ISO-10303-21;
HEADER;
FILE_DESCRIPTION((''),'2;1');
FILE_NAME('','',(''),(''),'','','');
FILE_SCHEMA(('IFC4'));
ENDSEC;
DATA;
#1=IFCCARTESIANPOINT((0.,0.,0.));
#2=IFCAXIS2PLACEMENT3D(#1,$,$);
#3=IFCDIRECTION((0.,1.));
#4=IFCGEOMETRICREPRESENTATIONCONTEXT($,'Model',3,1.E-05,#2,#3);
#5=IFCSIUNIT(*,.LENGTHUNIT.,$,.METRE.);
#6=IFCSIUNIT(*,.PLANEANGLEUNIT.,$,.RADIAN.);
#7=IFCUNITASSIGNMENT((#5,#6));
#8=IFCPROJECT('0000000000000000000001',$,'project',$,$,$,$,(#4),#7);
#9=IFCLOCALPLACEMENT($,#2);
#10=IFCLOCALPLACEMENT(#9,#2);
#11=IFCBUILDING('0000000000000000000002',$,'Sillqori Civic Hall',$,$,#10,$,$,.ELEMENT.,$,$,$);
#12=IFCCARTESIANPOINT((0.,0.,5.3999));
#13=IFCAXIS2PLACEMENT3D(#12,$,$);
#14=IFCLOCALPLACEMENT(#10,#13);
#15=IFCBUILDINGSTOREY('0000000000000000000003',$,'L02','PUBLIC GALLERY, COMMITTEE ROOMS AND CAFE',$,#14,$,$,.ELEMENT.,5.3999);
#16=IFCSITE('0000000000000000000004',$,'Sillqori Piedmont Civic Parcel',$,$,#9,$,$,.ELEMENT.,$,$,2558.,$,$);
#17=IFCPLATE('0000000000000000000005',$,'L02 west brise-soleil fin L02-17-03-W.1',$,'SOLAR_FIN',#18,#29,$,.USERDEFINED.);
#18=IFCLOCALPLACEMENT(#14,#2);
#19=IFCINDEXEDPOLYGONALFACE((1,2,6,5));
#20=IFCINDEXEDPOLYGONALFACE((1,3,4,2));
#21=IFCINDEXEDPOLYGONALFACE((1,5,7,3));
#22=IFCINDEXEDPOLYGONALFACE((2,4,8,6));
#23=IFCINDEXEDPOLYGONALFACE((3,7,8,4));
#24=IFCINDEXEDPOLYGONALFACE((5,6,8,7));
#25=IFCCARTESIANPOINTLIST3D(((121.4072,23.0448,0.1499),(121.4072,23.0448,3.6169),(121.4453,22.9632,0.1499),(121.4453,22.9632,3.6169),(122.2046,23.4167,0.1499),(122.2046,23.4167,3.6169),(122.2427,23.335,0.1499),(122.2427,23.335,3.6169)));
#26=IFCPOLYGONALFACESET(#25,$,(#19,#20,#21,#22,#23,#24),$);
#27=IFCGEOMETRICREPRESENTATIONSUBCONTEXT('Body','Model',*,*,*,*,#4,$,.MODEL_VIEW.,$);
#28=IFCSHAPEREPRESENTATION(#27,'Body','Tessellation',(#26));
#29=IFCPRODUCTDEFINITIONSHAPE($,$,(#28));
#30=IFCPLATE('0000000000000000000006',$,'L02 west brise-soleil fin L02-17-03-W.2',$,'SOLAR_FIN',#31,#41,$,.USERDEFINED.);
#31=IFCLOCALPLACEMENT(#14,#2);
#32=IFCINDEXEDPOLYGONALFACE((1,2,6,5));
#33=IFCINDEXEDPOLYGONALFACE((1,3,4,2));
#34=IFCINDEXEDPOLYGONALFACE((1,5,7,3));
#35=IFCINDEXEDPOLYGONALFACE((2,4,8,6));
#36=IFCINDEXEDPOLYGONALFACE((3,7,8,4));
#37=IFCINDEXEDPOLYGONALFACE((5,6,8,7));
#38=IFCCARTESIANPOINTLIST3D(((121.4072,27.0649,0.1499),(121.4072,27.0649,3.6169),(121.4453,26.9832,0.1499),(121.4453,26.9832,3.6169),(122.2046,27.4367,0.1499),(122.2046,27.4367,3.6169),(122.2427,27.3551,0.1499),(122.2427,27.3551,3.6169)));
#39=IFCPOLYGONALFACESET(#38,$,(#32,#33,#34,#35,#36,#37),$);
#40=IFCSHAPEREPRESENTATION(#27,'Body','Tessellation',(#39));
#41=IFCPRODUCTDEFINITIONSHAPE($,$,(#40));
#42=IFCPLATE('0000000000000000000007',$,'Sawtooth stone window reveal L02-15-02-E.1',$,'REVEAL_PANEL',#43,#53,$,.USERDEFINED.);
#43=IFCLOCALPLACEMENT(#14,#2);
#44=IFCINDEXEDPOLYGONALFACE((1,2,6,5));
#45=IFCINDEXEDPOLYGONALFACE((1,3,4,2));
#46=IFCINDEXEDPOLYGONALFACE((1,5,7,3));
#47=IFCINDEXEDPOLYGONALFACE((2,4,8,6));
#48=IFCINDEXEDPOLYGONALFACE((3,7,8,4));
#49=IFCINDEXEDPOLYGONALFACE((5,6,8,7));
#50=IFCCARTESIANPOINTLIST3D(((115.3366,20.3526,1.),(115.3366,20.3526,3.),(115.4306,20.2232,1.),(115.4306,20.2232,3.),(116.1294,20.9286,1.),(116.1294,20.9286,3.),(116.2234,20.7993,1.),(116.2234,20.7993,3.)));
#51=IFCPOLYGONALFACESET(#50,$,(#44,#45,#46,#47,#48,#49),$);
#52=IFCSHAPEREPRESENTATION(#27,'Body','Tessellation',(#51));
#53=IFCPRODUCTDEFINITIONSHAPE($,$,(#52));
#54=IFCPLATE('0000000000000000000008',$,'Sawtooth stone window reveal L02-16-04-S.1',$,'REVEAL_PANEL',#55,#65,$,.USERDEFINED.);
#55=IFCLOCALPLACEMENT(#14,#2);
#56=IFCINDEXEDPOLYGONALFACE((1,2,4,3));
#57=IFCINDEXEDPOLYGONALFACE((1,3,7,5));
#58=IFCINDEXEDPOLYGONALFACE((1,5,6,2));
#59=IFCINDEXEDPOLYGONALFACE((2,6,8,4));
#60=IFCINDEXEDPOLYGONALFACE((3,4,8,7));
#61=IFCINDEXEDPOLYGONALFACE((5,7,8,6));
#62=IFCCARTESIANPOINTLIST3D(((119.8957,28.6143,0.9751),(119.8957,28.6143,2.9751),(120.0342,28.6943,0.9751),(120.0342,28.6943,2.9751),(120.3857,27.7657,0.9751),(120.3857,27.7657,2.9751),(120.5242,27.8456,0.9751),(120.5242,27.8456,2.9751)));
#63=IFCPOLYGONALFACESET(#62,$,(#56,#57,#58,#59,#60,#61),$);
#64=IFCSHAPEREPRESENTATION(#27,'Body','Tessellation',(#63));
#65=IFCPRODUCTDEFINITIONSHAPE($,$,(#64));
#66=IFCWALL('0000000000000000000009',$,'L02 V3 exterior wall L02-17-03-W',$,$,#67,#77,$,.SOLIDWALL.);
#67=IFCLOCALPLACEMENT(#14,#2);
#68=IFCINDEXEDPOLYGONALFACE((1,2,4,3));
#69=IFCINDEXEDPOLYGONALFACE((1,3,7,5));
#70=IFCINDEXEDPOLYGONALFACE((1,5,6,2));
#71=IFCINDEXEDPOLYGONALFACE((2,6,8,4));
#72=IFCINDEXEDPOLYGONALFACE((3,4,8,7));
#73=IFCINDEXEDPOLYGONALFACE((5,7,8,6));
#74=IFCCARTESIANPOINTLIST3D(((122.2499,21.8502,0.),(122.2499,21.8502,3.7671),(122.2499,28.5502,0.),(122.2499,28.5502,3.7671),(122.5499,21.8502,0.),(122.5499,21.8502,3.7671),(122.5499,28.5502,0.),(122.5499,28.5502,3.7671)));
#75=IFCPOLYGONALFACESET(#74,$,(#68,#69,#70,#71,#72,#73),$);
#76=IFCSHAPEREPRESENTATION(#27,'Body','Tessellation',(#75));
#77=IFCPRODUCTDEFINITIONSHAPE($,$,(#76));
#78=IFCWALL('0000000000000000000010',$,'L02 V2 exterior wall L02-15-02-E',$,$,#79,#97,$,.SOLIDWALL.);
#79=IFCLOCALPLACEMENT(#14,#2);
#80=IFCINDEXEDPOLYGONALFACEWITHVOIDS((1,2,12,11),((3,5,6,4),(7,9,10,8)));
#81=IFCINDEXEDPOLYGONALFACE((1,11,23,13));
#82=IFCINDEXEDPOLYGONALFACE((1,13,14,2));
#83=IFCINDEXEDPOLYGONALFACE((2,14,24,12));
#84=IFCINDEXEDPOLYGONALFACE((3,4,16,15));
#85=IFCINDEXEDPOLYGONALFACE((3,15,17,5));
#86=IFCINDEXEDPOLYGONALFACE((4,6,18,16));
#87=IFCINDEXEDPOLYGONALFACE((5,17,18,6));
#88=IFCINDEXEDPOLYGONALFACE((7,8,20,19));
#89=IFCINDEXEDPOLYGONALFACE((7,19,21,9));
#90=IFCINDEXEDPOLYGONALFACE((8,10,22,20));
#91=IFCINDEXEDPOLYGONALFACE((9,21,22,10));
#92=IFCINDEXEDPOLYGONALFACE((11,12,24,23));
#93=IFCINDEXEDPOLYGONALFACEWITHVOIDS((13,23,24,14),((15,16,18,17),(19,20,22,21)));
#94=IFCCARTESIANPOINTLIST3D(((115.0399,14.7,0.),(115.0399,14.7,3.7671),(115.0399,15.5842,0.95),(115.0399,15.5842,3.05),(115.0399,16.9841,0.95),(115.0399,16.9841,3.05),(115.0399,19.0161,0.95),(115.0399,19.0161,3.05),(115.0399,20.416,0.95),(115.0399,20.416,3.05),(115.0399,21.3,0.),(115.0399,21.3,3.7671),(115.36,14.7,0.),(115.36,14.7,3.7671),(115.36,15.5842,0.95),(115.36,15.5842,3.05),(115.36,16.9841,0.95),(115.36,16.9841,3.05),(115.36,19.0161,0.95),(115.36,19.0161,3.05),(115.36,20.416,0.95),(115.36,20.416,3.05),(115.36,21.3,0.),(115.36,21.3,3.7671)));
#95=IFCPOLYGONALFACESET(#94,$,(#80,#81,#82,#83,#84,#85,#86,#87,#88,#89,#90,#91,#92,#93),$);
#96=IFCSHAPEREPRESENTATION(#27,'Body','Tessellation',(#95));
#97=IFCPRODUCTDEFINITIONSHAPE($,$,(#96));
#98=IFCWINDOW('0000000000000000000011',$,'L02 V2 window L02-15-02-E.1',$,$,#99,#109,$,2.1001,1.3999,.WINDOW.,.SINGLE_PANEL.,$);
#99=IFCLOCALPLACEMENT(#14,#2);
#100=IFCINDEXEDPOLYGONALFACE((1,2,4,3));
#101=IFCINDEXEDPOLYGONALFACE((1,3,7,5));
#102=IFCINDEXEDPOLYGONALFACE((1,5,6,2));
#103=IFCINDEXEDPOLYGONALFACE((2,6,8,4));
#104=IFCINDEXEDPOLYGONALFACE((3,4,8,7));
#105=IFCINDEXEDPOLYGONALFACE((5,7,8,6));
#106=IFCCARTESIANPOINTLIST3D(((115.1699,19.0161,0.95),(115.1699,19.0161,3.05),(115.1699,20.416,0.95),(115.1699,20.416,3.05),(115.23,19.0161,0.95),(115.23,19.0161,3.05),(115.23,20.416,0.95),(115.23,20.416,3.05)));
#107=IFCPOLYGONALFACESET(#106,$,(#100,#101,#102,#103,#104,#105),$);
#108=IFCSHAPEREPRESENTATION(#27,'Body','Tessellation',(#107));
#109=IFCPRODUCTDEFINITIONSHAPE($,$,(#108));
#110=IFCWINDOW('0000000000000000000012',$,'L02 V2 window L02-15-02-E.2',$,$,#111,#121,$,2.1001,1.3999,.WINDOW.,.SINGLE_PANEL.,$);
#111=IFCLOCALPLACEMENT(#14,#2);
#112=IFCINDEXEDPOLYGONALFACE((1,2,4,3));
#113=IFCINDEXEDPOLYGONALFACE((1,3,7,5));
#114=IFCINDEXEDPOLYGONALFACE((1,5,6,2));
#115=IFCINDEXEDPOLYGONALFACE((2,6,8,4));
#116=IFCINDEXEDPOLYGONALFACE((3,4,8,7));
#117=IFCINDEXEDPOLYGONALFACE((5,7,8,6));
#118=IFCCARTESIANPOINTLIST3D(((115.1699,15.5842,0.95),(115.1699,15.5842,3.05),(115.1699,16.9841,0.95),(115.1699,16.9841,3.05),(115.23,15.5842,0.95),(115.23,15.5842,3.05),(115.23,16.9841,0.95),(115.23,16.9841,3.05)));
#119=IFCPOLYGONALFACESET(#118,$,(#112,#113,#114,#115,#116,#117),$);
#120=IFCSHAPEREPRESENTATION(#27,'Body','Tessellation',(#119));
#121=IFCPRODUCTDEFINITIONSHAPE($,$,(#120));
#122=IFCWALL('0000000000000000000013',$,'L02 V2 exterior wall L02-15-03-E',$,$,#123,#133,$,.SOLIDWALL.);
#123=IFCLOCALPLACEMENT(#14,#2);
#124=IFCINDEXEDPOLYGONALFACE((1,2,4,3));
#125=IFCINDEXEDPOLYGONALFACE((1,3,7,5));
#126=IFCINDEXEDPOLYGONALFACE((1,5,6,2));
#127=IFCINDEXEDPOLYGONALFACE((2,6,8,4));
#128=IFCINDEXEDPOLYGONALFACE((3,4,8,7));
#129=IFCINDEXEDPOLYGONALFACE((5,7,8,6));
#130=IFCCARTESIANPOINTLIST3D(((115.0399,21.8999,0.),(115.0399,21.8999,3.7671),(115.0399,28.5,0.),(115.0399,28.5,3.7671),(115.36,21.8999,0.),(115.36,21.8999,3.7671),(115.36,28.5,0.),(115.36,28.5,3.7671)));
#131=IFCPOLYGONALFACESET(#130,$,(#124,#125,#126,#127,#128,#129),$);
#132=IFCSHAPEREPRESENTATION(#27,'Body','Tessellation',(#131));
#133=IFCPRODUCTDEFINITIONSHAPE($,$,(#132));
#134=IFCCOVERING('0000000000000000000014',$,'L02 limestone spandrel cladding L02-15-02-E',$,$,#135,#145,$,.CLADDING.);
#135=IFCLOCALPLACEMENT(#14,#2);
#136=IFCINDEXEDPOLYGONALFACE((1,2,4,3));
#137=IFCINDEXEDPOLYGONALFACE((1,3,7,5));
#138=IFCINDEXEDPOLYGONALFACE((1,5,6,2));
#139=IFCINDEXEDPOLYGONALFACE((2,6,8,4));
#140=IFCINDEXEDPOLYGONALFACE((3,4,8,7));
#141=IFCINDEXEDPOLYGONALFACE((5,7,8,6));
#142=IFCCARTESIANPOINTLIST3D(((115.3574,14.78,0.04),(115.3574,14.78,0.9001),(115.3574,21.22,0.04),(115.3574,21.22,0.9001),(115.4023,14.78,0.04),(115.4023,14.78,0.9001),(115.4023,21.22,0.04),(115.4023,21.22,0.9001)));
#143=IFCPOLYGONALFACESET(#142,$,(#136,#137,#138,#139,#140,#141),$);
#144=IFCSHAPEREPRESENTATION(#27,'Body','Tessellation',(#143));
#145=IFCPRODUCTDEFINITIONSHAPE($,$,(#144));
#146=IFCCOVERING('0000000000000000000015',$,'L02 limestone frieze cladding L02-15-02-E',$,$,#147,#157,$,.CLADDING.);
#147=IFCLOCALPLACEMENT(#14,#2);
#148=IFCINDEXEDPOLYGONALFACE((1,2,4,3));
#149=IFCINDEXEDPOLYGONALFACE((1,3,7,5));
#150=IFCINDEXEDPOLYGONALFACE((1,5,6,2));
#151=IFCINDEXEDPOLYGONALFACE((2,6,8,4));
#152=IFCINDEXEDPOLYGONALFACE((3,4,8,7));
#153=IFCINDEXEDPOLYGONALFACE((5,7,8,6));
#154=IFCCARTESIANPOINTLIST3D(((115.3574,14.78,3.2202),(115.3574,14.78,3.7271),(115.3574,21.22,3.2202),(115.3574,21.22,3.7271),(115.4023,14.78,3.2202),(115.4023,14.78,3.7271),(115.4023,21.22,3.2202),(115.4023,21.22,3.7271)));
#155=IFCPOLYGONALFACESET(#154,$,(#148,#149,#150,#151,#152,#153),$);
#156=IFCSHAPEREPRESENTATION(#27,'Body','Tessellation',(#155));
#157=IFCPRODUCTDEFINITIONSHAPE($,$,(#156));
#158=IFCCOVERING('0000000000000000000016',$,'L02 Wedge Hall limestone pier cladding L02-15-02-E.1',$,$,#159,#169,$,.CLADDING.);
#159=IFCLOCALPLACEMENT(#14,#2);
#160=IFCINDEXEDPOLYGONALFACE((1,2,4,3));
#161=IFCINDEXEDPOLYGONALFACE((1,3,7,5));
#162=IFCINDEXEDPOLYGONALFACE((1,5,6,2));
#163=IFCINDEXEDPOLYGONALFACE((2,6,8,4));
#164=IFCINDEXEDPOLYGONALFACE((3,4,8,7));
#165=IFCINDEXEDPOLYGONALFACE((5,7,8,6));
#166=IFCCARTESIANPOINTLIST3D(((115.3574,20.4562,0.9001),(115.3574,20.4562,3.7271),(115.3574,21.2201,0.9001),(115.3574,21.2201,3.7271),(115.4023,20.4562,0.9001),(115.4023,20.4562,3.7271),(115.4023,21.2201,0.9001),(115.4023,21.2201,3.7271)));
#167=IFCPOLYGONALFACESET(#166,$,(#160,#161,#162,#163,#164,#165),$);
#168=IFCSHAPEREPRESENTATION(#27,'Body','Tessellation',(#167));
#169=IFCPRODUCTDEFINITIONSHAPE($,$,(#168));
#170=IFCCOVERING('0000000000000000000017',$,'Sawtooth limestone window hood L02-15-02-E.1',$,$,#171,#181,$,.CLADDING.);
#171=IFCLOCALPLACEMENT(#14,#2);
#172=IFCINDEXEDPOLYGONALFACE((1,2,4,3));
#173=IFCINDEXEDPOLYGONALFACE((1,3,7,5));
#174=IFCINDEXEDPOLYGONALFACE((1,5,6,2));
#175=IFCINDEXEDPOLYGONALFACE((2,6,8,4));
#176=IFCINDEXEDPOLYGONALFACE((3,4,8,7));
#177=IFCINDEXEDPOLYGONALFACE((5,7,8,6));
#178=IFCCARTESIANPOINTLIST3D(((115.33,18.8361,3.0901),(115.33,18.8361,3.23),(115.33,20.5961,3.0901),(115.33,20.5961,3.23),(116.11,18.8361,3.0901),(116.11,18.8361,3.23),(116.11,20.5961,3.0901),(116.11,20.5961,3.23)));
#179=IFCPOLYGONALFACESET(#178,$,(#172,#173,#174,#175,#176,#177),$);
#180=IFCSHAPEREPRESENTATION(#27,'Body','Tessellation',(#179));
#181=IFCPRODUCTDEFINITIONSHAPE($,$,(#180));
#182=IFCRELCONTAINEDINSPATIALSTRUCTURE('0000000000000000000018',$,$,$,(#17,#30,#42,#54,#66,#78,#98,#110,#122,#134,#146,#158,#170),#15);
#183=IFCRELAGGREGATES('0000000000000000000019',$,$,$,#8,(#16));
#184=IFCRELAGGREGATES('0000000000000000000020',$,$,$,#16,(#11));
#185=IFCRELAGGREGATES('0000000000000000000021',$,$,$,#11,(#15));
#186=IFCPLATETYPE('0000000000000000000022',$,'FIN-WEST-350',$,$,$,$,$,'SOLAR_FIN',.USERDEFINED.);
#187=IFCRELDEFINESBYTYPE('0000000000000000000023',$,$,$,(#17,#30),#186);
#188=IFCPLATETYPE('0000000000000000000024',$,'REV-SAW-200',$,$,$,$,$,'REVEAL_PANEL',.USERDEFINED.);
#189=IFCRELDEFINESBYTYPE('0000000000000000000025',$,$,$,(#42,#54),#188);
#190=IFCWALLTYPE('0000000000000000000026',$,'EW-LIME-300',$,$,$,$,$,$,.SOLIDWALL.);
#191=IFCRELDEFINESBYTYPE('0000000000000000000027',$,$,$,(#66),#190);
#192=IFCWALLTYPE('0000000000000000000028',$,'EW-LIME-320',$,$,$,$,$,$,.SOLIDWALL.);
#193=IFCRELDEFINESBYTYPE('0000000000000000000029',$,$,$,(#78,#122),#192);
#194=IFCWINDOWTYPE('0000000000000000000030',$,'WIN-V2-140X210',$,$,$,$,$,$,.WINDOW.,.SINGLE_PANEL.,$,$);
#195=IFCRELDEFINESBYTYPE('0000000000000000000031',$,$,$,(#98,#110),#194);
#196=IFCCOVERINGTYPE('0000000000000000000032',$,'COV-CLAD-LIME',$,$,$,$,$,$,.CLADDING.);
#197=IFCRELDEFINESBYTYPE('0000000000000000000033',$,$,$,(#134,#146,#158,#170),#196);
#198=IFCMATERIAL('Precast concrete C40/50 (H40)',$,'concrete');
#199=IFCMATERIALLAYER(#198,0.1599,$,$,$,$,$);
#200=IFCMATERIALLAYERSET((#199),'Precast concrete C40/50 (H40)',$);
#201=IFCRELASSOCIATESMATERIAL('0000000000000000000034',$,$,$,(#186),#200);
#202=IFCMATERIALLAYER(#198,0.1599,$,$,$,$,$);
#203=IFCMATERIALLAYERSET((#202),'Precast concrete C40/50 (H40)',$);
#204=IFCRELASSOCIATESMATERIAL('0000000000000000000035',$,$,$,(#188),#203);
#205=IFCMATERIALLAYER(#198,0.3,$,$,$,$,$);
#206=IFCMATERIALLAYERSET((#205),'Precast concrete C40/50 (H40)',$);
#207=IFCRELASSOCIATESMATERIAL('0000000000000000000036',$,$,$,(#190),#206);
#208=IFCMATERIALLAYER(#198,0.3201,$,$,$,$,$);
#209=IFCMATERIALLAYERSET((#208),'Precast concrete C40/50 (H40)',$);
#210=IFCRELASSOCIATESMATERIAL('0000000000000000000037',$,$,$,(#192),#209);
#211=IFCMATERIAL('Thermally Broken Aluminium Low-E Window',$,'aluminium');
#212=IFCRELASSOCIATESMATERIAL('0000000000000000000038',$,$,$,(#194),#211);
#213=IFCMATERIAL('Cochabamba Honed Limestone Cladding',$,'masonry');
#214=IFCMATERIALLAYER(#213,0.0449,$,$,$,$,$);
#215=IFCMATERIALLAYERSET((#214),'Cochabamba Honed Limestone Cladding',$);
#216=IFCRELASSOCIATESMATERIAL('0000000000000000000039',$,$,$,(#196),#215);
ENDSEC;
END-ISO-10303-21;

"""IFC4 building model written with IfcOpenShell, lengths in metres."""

from ifc_helpers import new_model, si_unit, direction, frame, frame_2d, origin, origin_2d, place, context, subcontext, project, spatial, rectangle, extrude, material, layer, layer_set, type_object, element, fill, save


model = new_model("IFC4")

# Units and contexts
model_context = context("Model", 3, precision=1e-05, world=origin(), true_north=direction((0.0, 1.0)))
body_context = subcontext(model_context, "Body", "Model", "MODEL_VIEW")
ifc_project = project(units=[si_unit("LENGTHUNIT", "METRE"), si_unit("PLANEANGLEUNIT", "RADIAN")], contexts=[model_context])

# Site, building, storey
site_placement = place(None, origin())
site = spatial("IfcSite", under=ifc_project, at=site_placement, Name="Sillqori Piedmont Civic Parcel", CompositionType="ELEMENT", RefElevation=2558.0)
building_placement = place(site_placement, origin())
building = spatial("IfcBuilding", under=site, at=building_placement, Name="Sillqori Civic Hall", CompositionType="ELEMENT")
storey_placement = place(building_placement, frame((0.0, 0.0, 5.3999)))
storey = spatial("IfcBuildingStorey", under=building, at=storey_placement, Name="L02", Description="PUBLIC GALLERY, COMMITTEE ROOMS AND CAFE", CompositionType="ELEMENT", Elevation=5.3999)

# Plates
ifc_material_1 = material(Name="Precast concrete C40/50 (H40)", Category="concrete")
ifc_layer_1 = layer(ifc_material_1, 0.1599)
ifc_layer_set_1 = layer_set([ifc_layer_1], Name="Precast concrete C40/50 (H40)")
plate_type_1 = type_object("IfcPlateType", Name="FIN-WEST-350", ElementType="SOLAR_FIN", PredefinedType="USERDEFINED", material=ifc_layer_set_1)
for number, where, z_axis, x_axis, name in (
    (1, (121.825, 23.1899, 0.1499), (0.0, 0.0, 1.0), (-0.422618, 0.906308, 0.0), "L02 west brise-soleil fin L02-17-03-W.1"),
    (2, (121.825, 27.21, 0.1499), (0.0, 0.0, 1.0), (-0.422618, 0.906308, 0.0), "L02 west brise-soleil fin L02-17-03-W.2"),
):
    element("IfcPlate", number, at=place(storey_placement, frame(where, z_axis=z_axis, x_axis=x_axis)), inside=storey, type_object=plate_type_1, Name=name, ObjectType="SOLAR_FIN", PredefinedType="USERDEFINED", context=body_context, shape_type="SweptSolid", body=[
        extrude(rectangle(XDim=0.0901, YDim=0.8799, at=origin_2d()), origin(), (0.0, 0.0, 1.0), 3.467),
    ])
ifc_layer_2 = layer(ifc_material_1, 0.1599)
ifc_layer_set_2 = layer_set([ifc_layer_2], Name="Precast concrete C40/50 (H40)")
plate_type_2 = type_object("IfcPlateType", Name="REV-SAW-200", ElementType="REVEAL_PANEL", PredefinedType="USERDEFINED", material=ifc_layer_set_2)
for number, where, z_axis, x_axis, name in (
    (3, (115.78, 20.5759, 1.0), (0.0, 0.0, 1.0), (0.587785, -0.809017, 0.0), "Sawtooth stone window reveal L02-15-02-E.1"),
    (4, (120.21, 28.23, 0.9751), (0.0, 0.0, 1.0), (-0.866025, -0.5, 0.0), "Sawtooth stone window reveal L02-16-04-S.1"),
):
    element("IfcPlate", number, at=place(storey_placement, frame(where, z_axis=z_axis, x_axis=x_axis)), inside=storey, type_object=plate_type_2, Name=name, ObjectType="REVEAL_PANEL", PredefinedType="USERDEFINED", context=body_context, shape_type="SweptSolid", body=[
        extrude(rectangle(XDim=0.1599, YDim=0.98, at=origin_2d()), origin(), (0.0, 0.0, 1.0), 2.0),
    ])

# Wall
ifc_layer_3 = layer(ifc_material_1, 0.3)
ifc_layer_set_3 = layer_set([ifc_layer_3], Name="Precast concrete C40/50 (H40)")
wall_type_1 = type_object("IfcWallType", Name="EW-LIME-300", PredefinedType="SOLIDWALL", material=ifc_layer_set_3)
wall_1_placement = place(storey_placement, frame((122.3999, 21.8501, 0.0), z_axis=(0.0, 0.0, 1.0), x_axis=(0.0, 1.0, 0.0)))
element("IfcWall", 5, at=wall_1_placement, inside=storey, type_object=wall_type_1, Name="L02 V3 exterior wall L02-17-03-W", PredefinedType="SOLIDWALL", context=body_context, shape_type="SweptSolid", body=[
    extrude(rectangle(XDim=6.7, YDim=0.3, at=frame_2d((3.3501, 0.0))), origin(), (0.0, 0.0, 1.0), 3.7671),
])

# Wall, openings, windows
ifc_layer_4 = layer(ifc_material_1, 0.3201)
ifc_layer_set_4 = layer_set([ifc_layer_4], Name="Precast concrete C40/50 (H40)")
wall_type_2 = type_object("IfcWallType", Name="EW-LIME-320", PredefinedType="SOLIDWALL", material=ifc_layer_set_4)
wall_2_placement = place(storey_placement, frame((115.2, 21.3, 0.0), z_axis=(0.0, 0.0, 1.0), x_axis=(0.0, -1.0, 0.0)))
wall_2 = element("IfcWall", 6, at=wall_2_placement, inside=storey, type_object=wall_type_2, Name="L02 V2 exterior wall L02-15-02-E", PredefinedType="SOLIDWALL", context=body_context, shape_type="SweptSolid", body=[
    extrude(rectangle(XDim=6.6001, YDim=0.3201, at=frame_2d((3.3, 0.0))), origin(), (0.0, 0.0, 1.0), 3.7671),
])
opening_1_placement = place(wall_2_placement, frame((0.884, 0.0, 0.95)))
opening_1 = element("IfcOpeningElement", 7, at=opening_1_placement, cuts=wall_2, PredefinedType="OPENING", context=body_context, shape_type="SweptSolid", body=[
    extrude(rectangle(XDim=1.3999, YDim=2.1001, at=frame_2d((0.7, 1.05))), frame((0.0, 0.1699, 0.0), z_axis=(0.0, -1.0, 0.0), x_axis=(1.0, 0.0, 0.0)), (0.0, 0.0, 1.0), 0.3401),
])
opening_2_placement = place(wall_2_placement, frame((4.3159, 0.0, 0.95)))
opening_2 = element("IfcOpeningElement", 8, at=opening_2_placement, cuts=wall_2, PredefinedType="OPENING", context=body_context, shape_type="SweptSolid", body=[
    extrude(rectangle(XDim=1.3999, YDim=2.1001, at=frame_2d((0.7, 1.05))), frame((0.0, 0.1699, 0.0), z_axis=(0.0, -1.0, 0.0), x_axis=(1.0, 0.0, 0.0)), (0.0, 0.0, 1.0), 0.3401),
])
ifc_material_2 = material(Name="Thermally Broken Aluminium Low-E Window", Category="aluminium")
window_type = type_object("IfcWindowType", Name="WIN-V2-140X210", PartitioningType="SINGLE_PANEL", PredefinedType="WINDOW", material=ifc_material_2)
window_1_placement = place(opening_1_placement, origin())
window_1 = element("IfcWindow", 9, at=window_1_placement, inside=storey, type_object=window_type, Name="L02 V2 window L02-15-02-E.1", OverallHeight=2.1001, OverallWidth=1.3999, PartitioningType="SINGLE_PANEL", PredefinedType="WINDOW", context=body_context, shape_type="SweptSolid", body=[
    extrude(rectangle(XDim=1.3999, YDim=2.1001, at=frame_2d((0.7, 1.05))), frame((0.0, 0.03, 0.0), z_axis=(0.0, -1.0, 0.0), x_axis=(1.0, 0.0, 0.0)), (0.0, 0.0, 1.0), 0.0601),
])
fill(opening_1, window_1)
window_2_placement = place(opening_2_placement, origin())
window_2 = element("IfcWindow", 10, at=window_2_placement, inside=storey, type_object=window_type, Name="L02 V2 window L02-15-02-E.2", OverallHeight=2.1001, OverallWidth=1.3999, PartitioningType="SINGLE_PANEL", PredefinedType="WINDOW", context=body_context, shape_type="SweptSolid", body=[
    extrude(rectangle(XDim=1.3999, YDim=2.1001, at=frame_2d((0.7, 1.05))), frame((0.0, 0.03, 0.0), z_axis=(0.0, -1.0, 0.0), x_axis=(1.0, 0.0, 0.0)), (0.0, 0.0, 1.0), 0.0601),
])
fill(opening_2, window_2)

# Wall
wall_3_placement = place(storey_placement, frame((115.2, 28.5, 0.0), z_axis=(0.0, 0.0, 1.0), x_axis=(0.0, -1.0, 0.0)))
element("IfcWall", 11, at=wall_3_placement, inside=storey, type_object=wall_type_2, Name="L02 V2 exterior wall L02-15-03-E", PredefinedType="SOLIDWALL", context=body_context, shape_type="SweptSolid", body=[
    extrude(rectangle(XDim=6.6001, YDim=0.3201, at=frame_2d((3.3, 0.0))), origin(), (0.0, 0.0, 1.0), 3.7671),
])

# Coverings
ifc_material_3 = material(Name="Cochabamba Honed Limestone Cladding", Category="masonry")
ifc_layer_5 = layer(ifc_material_3, 0.0449)
ifc_layer_set_5 = layer_set([ifc_layer_5], Name="Cochabamba Honed Limestone Cladding")
covering_type = type_object("IfcCoveringType", Name="COV-CLAD-LIME", PredefinedType="CLADDING", material=ifc_layer_set_5)
covering_1_placement = place(storey_placement, frame((115.3799, 21.22, 0.04), z_axis=(0.0, 0.0, 1.0), x_axis=(0.0, -1.0, 0.0)))
element("IfcCovering", 12, at=covering_1_placement, inside=storey, type_object=covering_type, Name="L02 limestone spandrel cladding L02-15-02-E", PredefinedType="CLADDING", context=body_context, shape_type="SweptSolid", body=[
    extrude(rectangle(XDim=6.4399, YDim=0.0449, at=frame_2d((3.22, 0.0))), origin(), (0.0, 0.0, 1.0), 0.8601),
])
covering_2_placement = place(storey_placement, frame((115.3799, 21.22, 3.2202), z_axis=(0.0, 0.0, 1.0), x_axis=(0.0, -1.0, 0.0)))
element("IfcCovering", 13, at=covering_2_placement, inside=storey, type_object=covering_type, Name="L02 limestone frieze cladding L02-15-02-E", PredefinedType="CLADDING", context=body_context, shape_type="SweptSolid", body=[
    extrude(rectangle(XDim=6.4399, YDim=0.0449, at=frame_2d((3.22, 0.0))), origin(), (0.0, 0.0, 1.0), 0.5068),
])
covering_3_placement = place(storey_placement, frame((115.3799, 21.22, 0.9001), z_axis=(0.0, 0.0, 1.0), x_axis=(0.0, -1.0, 0.0)))
element("IfcCovering", 14, at=covering_3_placement, inside=storey, type_object=covering_type, Name="L02 Wedge Hall limestone pier cladding L02-15-02-E.1", PredefinedType="CLADDING", context=body_context, shape_type="SweptSolid", body=[
    extrude(rectangle(XDim=0.7639, YDim=0.0449, at=frame_2d((0.3818, 0.0))), origin(), (0.0, 0.0, 1.0), 2.8269),
])
covering_4_placement = place(storey_placement, frame((115.72, 20.5959, 3.0901), z_axis=(0.0, 0.0, 1.0), x_axis=(0.0, -1.0, 0.0)))
element("IfcCovering", 15, at=covering_4_placement, inside=storey, type_object=covering_type, Name="Sawtooth limestone window hood L02-15-02-E.1", PredefinedType="CLADDING", context=body_context, shape_type="SweptSolid", body=[
    extrude(rectangle(XDim=1.76, YDim=0.78, at=frame_2d((0.8799, 0.0))), origin(), (0.0, 0.0, 1.0), 0.1399),
])

save(model, "model.ifc")
